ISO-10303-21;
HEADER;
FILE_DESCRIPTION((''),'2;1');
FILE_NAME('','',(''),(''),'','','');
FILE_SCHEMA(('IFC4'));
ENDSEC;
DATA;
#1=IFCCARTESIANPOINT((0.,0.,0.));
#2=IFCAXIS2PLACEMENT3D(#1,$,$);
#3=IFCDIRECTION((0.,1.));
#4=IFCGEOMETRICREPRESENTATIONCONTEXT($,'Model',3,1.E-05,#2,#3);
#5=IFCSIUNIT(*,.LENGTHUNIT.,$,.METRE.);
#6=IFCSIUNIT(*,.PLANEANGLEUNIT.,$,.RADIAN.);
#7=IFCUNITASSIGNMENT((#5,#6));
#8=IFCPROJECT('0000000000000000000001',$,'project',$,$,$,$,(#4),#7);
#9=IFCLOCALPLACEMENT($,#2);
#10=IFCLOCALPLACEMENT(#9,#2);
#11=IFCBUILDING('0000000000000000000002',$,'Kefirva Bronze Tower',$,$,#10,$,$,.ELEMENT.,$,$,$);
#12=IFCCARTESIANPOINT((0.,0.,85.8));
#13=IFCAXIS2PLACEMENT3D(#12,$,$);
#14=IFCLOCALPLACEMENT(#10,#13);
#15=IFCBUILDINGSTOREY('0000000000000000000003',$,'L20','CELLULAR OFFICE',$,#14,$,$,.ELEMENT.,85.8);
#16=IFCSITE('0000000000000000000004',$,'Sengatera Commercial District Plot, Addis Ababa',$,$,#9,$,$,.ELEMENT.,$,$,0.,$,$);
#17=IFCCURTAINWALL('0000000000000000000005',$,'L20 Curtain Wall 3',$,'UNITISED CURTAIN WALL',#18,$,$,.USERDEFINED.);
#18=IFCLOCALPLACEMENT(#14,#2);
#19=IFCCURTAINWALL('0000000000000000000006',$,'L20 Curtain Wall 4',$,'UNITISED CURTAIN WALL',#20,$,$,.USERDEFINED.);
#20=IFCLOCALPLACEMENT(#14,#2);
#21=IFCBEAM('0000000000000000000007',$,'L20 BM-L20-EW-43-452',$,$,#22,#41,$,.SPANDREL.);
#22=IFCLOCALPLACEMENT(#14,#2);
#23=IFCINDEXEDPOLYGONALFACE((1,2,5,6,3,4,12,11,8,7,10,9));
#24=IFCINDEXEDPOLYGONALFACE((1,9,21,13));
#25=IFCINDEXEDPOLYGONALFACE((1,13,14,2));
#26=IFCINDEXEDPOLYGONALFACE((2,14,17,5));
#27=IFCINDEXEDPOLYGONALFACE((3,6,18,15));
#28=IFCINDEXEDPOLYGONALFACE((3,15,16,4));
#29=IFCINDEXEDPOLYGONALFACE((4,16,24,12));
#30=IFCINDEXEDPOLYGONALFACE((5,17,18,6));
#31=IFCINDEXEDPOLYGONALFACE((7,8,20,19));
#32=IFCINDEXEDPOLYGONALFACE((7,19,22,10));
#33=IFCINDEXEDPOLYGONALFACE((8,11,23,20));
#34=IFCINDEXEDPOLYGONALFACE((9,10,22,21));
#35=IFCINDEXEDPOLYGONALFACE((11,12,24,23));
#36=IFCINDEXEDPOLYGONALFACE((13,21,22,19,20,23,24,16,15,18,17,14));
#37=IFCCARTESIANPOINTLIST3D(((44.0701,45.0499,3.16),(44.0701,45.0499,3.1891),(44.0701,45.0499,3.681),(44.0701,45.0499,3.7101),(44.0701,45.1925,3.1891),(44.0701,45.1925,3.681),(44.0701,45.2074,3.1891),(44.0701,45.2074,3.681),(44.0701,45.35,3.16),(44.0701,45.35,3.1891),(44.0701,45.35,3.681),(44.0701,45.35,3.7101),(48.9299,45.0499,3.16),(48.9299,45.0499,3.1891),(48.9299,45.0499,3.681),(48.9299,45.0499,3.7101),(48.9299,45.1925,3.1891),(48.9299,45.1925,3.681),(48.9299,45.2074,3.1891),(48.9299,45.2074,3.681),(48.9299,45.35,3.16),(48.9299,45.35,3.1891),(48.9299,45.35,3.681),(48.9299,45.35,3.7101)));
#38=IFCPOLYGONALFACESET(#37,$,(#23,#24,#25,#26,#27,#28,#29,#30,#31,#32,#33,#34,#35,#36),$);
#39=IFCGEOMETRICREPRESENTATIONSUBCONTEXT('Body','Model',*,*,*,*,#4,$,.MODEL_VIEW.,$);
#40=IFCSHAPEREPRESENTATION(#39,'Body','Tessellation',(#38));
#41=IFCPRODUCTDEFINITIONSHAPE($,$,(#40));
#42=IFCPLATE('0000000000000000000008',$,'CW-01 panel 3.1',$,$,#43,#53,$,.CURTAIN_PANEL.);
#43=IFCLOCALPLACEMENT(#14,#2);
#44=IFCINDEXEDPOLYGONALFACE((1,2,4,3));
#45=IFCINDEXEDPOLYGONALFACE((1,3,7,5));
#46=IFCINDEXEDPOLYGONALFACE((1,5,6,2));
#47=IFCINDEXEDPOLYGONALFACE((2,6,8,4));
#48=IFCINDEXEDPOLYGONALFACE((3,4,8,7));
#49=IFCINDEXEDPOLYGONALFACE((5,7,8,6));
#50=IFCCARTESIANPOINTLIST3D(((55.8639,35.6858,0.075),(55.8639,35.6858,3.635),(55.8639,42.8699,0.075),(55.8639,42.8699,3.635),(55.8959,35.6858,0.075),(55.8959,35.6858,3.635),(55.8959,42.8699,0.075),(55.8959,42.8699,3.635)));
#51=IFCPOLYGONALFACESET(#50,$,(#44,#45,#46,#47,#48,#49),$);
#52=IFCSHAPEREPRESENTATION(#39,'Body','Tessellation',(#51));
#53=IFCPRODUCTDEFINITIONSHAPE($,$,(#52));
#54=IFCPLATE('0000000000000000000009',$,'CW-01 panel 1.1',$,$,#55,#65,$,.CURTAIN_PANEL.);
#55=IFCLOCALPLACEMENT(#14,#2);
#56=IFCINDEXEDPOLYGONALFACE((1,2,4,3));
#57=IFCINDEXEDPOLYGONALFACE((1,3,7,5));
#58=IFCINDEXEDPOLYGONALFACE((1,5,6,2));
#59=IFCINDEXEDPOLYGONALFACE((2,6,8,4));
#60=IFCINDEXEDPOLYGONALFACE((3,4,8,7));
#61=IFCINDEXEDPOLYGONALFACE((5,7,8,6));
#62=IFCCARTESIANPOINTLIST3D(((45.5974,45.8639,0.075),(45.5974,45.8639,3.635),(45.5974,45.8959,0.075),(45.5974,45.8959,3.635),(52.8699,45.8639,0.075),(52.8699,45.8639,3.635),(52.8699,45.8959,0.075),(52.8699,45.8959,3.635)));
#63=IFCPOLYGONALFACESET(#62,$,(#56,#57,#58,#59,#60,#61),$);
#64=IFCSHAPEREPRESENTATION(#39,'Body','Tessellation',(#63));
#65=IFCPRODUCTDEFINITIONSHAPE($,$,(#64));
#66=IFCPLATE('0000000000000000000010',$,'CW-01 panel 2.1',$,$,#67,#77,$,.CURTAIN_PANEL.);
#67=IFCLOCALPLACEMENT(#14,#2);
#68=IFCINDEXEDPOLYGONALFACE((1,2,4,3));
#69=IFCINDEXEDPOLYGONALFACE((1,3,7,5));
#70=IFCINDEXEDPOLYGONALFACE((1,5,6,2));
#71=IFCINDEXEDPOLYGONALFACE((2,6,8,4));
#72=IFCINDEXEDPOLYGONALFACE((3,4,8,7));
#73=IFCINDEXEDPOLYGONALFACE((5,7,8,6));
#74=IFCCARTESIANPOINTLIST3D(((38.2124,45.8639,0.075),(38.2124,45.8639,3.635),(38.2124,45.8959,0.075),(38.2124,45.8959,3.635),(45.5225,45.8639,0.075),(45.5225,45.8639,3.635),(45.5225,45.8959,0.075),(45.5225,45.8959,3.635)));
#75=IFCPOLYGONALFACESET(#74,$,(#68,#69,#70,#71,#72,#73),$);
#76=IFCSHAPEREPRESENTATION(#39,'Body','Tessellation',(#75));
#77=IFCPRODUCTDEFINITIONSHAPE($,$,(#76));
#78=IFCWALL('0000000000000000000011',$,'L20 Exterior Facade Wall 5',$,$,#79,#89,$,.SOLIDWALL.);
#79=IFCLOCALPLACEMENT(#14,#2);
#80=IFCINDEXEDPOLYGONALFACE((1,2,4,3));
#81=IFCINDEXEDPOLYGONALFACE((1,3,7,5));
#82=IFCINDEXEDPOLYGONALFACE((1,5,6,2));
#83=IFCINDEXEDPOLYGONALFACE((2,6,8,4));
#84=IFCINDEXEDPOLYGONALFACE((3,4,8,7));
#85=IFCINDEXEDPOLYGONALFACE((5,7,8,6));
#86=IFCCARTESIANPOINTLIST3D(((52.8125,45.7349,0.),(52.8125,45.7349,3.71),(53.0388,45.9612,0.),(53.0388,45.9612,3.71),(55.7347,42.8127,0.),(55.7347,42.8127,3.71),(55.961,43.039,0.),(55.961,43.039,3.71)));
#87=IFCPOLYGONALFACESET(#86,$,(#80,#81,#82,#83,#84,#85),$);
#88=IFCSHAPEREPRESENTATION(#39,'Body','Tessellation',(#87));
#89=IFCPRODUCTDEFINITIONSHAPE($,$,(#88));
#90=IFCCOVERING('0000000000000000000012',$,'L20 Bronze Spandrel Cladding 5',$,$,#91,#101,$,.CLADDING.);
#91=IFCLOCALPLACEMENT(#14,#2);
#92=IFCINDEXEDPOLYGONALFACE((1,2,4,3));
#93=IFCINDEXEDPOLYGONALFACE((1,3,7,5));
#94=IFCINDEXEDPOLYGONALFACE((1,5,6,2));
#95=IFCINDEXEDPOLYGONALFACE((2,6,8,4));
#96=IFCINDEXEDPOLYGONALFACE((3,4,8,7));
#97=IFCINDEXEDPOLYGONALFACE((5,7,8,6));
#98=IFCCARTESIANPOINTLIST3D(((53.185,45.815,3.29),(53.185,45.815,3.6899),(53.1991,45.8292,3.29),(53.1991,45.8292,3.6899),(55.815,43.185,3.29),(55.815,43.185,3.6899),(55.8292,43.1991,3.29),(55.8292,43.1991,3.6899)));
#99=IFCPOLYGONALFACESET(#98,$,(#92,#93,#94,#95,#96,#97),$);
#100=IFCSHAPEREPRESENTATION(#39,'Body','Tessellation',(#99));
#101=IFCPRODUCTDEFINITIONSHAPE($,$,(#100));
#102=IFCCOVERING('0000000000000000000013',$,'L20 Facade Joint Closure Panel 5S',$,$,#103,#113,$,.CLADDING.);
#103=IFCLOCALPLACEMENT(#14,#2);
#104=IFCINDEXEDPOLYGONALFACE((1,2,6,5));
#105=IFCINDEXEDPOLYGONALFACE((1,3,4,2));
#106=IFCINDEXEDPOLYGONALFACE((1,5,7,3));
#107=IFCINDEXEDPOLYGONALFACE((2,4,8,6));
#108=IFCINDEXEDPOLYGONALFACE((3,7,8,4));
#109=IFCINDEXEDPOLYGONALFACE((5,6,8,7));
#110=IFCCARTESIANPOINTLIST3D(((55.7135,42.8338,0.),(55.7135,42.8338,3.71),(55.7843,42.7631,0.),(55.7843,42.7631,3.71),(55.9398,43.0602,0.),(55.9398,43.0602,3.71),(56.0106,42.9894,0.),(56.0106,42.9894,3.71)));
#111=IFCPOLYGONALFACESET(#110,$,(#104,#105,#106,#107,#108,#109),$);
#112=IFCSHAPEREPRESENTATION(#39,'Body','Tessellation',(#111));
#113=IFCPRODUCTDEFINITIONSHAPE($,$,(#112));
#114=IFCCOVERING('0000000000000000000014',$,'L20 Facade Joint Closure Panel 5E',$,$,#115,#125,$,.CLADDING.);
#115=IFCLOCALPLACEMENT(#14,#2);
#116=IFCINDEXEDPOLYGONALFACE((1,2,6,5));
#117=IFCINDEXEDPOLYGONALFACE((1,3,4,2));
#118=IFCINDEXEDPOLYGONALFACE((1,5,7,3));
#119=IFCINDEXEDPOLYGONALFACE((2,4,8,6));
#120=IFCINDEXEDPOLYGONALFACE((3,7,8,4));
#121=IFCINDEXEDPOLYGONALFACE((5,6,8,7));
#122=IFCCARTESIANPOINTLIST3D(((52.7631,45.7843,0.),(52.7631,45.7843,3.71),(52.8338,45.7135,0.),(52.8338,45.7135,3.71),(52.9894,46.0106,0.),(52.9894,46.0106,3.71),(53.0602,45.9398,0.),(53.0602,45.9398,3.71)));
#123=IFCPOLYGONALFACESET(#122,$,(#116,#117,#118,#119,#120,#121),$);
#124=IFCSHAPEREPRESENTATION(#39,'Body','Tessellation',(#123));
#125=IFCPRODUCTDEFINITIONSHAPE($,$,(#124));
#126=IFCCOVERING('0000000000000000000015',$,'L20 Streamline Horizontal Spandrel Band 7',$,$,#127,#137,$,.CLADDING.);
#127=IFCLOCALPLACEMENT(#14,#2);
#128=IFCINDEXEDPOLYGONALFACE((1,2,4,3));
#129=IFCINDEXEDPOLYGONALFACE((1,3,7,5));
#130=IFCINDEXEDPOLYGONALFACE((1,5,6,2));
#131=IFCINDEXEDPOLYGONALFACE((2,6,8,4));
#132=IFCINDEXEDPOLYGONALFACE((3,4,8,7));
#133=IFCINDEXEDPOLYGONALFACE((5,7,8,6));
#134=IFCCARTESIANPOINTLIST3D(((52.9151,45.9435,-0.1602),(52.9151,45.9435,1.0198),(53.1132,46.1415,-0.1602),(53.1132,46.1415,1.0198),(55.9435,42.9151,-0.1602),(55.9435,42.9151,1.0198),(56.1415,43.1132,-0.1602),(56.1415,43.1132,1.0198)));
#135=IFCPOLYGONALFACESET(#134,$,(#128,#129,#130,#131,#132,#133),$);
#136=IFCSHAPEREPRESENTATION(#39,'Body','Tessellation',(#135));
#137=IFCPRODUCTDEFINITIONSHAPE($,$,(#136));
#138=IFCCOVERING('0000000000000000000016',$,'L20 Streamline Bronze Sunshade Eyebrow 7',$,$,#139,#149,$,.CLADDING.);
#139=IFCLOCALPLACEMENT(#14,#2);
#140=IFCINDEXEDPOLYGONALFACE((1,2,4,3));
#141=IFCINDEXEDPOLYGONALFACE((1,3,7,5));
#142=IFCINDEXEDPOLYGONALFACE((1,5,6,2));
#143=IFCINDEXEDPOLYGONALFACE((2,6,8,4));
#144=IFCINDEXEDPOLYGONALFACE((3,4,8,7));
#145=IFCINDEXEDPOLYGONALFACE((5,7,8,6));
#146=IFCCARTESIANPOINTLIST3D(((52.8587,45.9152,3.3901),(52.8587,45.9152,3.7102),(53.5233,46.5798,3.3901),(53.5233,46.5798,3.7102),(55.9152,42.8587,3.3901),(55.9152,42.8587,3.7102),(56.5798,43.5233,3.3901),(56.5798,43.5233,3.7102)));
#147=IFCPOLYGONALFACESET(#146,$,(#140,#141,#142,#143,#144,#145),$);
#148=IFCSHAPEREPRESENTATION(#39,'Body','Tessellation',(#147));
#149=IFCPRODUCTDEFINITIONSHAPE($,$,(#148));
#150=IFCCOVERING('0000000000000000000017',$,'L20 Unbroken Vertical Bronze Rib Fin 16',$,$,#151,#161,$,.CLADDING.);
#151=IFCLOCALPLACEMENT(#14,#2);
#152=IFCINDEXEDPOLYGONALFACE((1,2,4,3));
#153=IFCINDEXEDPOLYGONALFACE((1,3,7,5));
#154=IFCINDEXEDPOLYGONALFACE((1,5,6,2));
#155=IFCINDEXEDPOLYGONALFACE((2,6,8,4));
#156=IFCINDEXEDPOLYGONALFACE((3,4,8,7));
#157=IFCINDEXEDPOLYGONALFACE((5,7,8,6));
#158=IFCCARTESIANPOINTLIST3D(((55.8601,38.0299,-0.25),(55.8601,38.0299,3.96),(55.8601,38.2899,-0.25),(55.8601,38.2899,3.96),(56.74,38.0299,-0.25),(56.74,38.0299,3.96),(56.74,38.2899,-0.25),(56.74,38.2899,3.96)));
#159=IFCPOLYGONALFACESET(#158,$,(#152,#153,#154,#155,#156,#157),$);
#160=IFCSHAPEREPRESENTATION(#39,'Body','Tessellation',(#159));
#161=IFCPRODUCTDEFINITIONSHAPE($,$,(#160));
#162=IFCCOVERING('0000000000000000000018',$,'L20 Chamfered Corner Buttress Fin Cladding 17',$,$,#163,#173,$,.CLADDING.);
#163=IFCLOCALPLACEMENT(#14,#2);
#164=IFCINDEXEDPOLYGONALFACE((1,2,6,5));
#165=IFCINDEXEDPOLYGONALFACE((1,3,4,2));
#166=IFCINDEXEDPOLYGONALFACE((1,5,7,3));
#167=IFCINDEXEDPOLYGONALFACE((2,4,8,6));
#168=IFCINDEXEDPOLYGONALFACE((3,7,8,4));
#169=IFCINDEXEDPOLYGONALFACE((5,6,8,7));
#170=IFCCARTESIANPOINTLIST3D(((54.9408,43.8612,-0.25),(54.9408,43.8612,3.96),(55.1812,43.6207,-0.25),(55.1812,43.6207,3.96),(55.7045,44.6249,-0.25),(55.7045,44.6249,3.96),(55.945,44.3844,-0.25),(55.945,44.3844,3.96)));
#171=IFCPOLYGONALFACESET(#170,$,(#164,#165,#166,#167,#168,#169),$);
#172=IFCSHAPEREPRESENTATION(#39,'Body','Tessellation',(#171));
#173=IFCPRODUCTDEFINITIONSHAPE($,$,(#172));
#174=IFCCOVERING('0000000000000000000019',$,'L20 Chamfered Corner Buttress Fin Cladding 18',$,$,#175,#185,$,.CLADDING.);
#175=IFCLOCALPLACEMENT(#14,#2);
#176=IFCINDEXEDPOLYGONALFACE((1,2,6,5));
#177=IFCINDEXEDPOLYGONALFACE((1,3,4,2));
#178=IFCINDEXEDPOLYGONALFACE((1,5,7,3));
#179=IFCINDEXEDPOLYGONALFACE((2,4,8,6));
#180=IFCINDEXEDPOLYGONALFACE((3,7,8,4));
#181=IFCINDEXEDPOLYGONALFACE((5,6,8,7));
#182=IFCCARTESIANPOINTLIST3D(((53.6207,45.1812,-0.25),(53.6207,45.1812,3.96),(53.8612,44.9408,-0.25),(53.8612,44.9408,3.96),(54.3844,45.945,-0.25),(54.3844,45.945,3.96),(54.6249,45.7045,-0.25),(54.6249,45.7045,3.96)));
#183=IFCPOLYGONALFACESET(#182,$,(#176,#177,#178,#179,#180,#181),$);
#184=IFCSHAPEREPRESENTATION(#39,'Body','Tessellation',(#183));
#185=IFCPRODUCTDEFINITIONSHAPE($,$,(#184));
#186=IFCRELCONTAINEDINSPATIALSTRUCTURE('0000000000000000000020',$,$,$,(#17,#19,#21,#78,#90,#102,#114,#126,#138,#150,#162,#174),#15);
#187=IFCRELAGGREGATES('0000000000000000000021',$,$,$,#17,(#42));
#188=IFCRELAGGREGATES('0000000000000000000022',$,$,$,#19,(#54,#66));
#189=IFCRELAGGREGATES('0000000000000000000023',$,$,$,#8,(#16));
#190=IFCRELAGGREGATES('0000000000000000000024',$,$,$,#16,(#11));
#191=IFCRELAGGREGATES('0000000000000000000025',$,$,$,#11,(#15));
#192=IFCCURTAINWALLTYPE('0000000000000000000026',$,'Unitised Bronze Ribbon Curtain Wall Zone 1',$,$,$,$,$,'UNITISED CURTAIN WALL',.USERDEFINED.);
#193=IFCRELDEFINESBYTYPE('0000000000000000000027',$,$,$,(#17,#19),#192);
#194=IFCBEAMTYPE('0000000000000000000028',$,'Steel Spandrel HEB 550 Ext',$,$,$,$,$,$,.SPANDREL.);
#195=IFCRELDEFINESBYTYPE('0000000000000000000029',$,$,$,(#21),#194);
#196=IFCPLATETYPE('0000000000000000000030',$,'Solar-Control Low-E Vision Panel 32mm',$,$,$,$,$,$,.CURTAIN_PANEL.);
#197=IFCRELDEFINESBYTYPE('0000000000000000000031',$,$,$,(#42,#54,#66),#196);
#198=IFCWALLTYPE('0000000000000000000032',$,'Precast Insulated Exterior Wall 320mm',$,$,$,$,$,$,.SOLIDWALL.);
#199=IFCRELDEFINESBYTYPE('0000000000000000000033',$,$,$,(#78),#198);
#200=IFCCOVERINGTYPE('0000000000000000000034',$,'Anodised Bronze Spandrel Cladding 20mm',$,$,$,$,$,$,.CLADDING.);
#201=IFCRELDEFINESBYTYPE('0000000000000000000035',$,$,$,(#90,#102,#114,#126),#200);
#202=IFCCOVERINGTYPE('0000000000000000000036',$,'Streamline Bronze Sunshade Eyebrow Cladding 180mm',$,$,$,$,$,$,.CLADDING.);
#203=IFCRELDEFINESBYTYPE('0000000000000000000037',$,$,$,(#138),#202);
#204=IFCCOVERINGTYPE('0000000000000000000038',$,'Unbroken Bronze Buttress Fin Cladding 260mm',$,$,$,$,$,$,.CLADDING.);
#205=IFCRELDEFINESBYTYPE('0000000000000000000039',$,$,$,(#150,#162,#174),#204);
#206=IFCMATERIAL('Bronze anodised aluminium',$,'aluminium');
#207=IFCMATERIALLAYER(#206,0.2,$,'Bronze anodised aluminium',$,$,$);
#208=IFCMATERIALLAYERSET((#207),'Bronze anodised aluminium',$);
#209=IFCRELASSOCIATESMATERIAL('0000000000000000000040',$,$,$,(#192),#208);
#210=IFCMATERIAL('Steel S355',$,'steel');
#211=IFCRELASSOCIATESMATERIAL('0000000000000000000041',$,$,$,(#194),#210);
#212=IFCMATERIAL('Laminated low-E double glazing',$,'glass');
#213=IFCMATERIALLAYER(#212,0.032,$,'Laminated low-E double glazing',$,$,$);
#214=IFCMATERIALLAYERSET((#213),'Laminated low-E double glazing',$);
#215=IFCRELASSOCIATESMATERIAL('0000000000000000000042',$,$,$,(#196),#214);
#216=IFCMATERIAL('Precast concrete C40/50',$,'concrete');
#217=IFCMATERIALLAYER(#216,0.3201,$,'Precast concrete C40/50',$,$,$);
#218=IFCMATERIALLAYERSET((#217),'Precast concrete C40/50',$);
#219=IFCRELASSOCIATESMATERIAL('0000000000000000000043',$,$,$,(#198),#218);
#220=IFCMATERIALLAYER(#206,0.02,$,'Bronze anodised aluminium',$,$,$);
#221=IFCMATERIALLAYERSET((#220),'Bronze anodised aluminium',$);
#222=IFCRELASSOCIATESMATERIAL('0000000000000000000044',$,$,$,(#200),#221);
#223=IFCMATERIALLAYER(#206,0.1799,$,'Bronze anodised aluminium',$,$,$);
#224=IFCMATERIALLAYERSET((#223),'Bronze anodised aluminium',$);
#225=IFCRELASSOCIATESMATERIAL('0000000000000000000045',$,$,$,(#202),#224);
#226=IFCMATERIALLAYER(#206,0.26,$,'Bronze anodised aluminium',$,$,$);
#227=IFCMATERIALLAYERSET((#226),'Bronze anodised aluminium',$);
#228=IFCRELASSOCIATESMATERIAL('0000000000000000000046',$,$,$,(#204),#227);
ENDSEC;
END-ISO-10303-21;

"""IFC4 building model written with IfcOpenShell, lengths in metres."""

from ifc_helpers import new_model, si_unit, direction, frame, frame_2d, origin, origin_2d, place, context, subcontext, project, spatial, rectangle, i_section, extrude, material, layer, layer_set, material_profile, profile_set, type_object, element, aggregate, save


model = new_model("IFC4")

# Units and contexts
model_context = context("Model", 3, precision=1e-05, world=origin(), true_north=direction((0.0, 1.0)))
body_context = subcontext(model_context, "Body", "Model", "MODEL_VIEW")
ifc_project = project(units=[si_unit("LENGTHUNIT", "METRE"), si_unit("PLANEANGLEUNIT", "RADIAN")], contexts=[model_context])

# Site, building, storey
site_placement = place(None, origin())
site = spatial("IfcSite", under=ifc_project, at=site_placement, Name="Sengatera Commercial District Plot, Addis Ababa", CompositionType="ELEMENT", RefElevation=0.0)
building_placement = place(site_placement, origin())
building = spatial("IfcBuilding", under=site, at=building_placement, Name="Kefirva Bronze Tower", CompositionType="ELEMENT")
storey_placement = place(building_placement, frame((0.0, 0.0, 85.8)))
storey = spatial("IfcBuildingStorey", under=building, at=storey_placement, Name="L20", Description="CELLULAR OFFICE", CompositionType="ELEMENT", Elevation=85.8)

# Curtain wall
ifc_material_1 = material(Name="Bronze anodised aluminium", Category="aluminium")
ifc_layer_1 = layer(ifc_material_1, 0.2, Name="Bronze anodised aluminium")
ifc_layer_set_1 = layer_set([ifc_layer_1], Name="Bronze anodised aluminium")
curtain_wall_type = type_object("IfcCurtainWallType", Name="Unitised Bronze Ribbon Curtain Wall Zone 1", ElementType="UNITISED CURTAIN WALL", PredefinedType="USERDEFINED", material=ifc_layer_set_1)
curtain_wall_1_placement = place(storey_placement, origin())
curtain_wall_1 = element("IfcCurtainWall", 1, at=curtain_wall_1_placement, inside=storey, type_object=curtain_wall_type, Name="L20 Curtain Wall 3", ObjectType="UNITISED CURTAIN WALL", PredefinedType="USERDEFINED")

# Curtain wall
curtain_wall_2_placement = place(storey_placement, origin())
curtain_wall_2 = element("IfcCurtainWall", 2, at=curtain_wall_2_placement, inside=storey, type_object=curtain_wall_type, Name="L20 Curtain Wall 4", ObjectType="UNITISED CURTAIN WALL", PredefinedType="USERDEFINED")

# Beam
ifc_material_2 = material(Name="Steel S355", Category="steel")
ifc_material_profile_1 = material_profile(ifc_material_2, i_section(OverallWidth=0.3, OverallDepth=0.55, WebThickness=0.0149, FlangeThickness=0.0291, at=origin_2d()), Name="HEB 550")
ifc_profile_set_1 = profile_set([ifc_material_profile_1], Name="Steel S355")
beam_type_1 = type_object("IfcBeamType", Name="Steel Spandrel HEB 550 Ext", PredefinedType="SPANDREL", material=ifc_profile_set_1)
beam_1_placement = place(storey_placement, frame((44.0701, 45.2, 3.4351), z_axis=(1.0, 0.0, 0.0), x_axis=(0.0, 1.0, 0.0)))
element("IfcBeam", 3, at=beam_1_placement, inside=storey, type_object=beam_type_1, Name="L20 BM-L20-EW-43-452", PredefinedType="SPANDREL", context=body_context, shape_type="SweptSolid", body=[
    extrude(i_section(OverallWidth=0.3, OverallDepth=0.55, WebThickness=0.0149, FlangeThickness=0.0291, at=origin_2d()), origin(), (0.0, 0.0, 1.0), 4.8599),
])

# Plates
ifc_material_3 = material(Name="Laminated low-E double glazing", Category="glass")
ifc_layer_2 = layer(ifc_material_3, 0.032, Name="Laminated low-E double glazing")
ifc_layer_set_2 = layer_set([ifc_layer_2], Name="Laminated low-E double glazing")
plate_type = type_object("IfcPlateType", Name="Solar-Control Low-E Vision Panel 32mm", PredefinedType="CURTAIN_PANEL", material=ifc_layer_set_2)
plate_1_placement = place(storey_placement, frame((55.8799, 39.2778, 0.075), z_axis=(0.0, 0.0, 1.0), x_axis=(0.0, 1.0, 0.0)))
plate_1 = element("IfcPlate", 4, at=plate_1_placement, type_object=plate_type, Name="CW-01 panel 3.1", PredefinedType="CURTAIN_PANEL", context=body_context, shape_type="SweptSolid", body=[
    extrude(rectangle(XDim=7.1841, YDim=0.032, at=origin_2d()), origin(), (0.0, 0.0, 1.0), 3.5601),
])
aggregate(curtain_wall_1, [plate_1])
plate_2_placement = place(storey_placement, frame((49.2336, 45.8799, 0.075), z_axis=(0.0, 0.0, 1.0), x_axis=(-1.0, 0.0, 0.0)))
plate_2 = element("IfcPlate", 5, at=plate_2_placement, type_object=plate_type, Name="CW-01 panel 1.1", PredefinedType="CURTAIN_PANEL", context=body_context, shape_type="SweptSolid", body=[
    extrude(rectangle(XDim=7.2725, YDim=0.032, at=origin_2d()), origin(), (0.0, 0.0, 1.0), 3.5601),
])
plate_3_placement = place(storey_placement, frame((41.8674, 45.8799, 0.075), z_axis=(0.0, 0.0, 1.0), x_axis=(-1.0, 0.0, 0.0)))
plate_3 = element("IfcPlate", 6, at=plate_3_placement, type_object=plate_type, Name="CW-01 panel 2.1", PredefinedType="CURTAIN_PANEL", context=body_context, shape_type="SweptSolid", body=[
    extrude(rectangle(XDim=7.3101, YDim=0.032, at=origin_2d()), origin(), (0.0, 0.0, 1.0), 3.5601),
])
aggregate(curtain_wall_2, [plate_2, plate_3])

# Wall
ifc_material_4 = material(Name="Precast concrete C40/50", Category="concrete")
ifc_layer_3 = layer(ifc_material_4, 0.3201, Name="Precast concrete C40/50")
ifc_layer_set_3 = layer_set([ifc_layer_3], Name="Precast concrete C40/50")
wall_type = type_object("IfcWallType", Name="Precast Insulated Exterior Wall 320mm", PredefinedType="SOLIDWALL", material=ifc_layer_set_3)
wall_placement = place(storey_placement, frame((55.8479, 42.9258, 0.0), z_axis=(0.0, 0.0, 1.0), x_axis=(-0.707107, 0.707107, 0.0)))
element("IfcWall", 7, at=wall_placement, inside=storey, type_object=wall_type, Name="L20 Exterior Facade Wall 5", PredefinedType="SOLIDWALL", context=body_context, shape_type="SweptSolid", body=[
    extrude(rectangle(XDim=4.1326, YDim=0.3201, at=frame_2d((2.0664, 0.0))), origin(), (0.0, 0.0, 1.0), 3.71),
])

# Coverings
ifc_layer_4 = layer(ifc_material_1, 0.02, Name="Bronze anodised aluminium")
ifc_layer_set_4 = layer_set([ifc_layer_4], Name="Bronze anodised aluminium")
covering_type_1 = type_object("IfcCoveringType", Name="Anodised Bronze Spandrel Cladding 20mm", PredefinedType="CLADDING", material=ifc_layer_set_4)
covering_1_placement = place(storey_placement, frame((54.5071, 44.5071, 3.29), z_axis=(0.0, 0.0, 1.0), x_axis=(-0.707107, 0.707107, 0.0)))
element("IfcCovering", 8, at=covering_1_placement, inside=storey, type_object=covering_type_1, Name="L20 Bronze Spandrel Cladding 5", PredefinedType="CLADDING", context=body_context, shape_type="SweptSolid", body=[
    extrude(rectangle(XDim=3.7195, YDim=0.02, at=origin_2d()), origin(), (0.0, 0.0, 1.0), 0.3999),
])
for number, where, z_axis, x_axis, name in (
    (9, (55.8621, 42.9116, 0.0), (0.0, 0.0, 1.0), (-0.707107, 0.707107, 0.0), "L20 Facade Joint Closure Panel 5S"),
    (10, (52.9116, 45.8621, 0.0), (0.0, 0.0, 1.0), (-0.707107, 0.707107, 0.0), "L20 Facade Joint Closure Panel 5E"),
):
    element("IfcCovering", number, at=place(storey_placement, frame(where, z_axis=z_axis, x_axis=x_axis)), inside=storey, type_object=covering_type_1, Name=name, PredefinedType="CLADDING", context=body_context, shape_type="SweptSolid", body=[
        extrude(rectangle(XDim=0.1001, YDim=0.3201, at=origin_2d()), origin(), (0.0, 0.0, 1.0), 3.71),
    ])
covering_2_placement = place(storey_placement, frame((54.5283, 44.5283, -0.1602), z_axis=(0.0, 0.0, 1.0), x_axis=(-0.707107, 0.707107, 0.0)))
element("IfcCovering", 11, at=covering_2_placement, inside=storey, type_object=covering_type_1, Name="L20 Streamline Horizontal Spandrel Band 7", PredefinedType="CLADDING", context=body_context, shape_type="SweptSolid", body=[
    extrude(rectangle(XDim=4.2827, YDim=0.28, at=origin_2d()), origin(), (0.0, 0.0, 1.0), 1.1799),
])
ifc_layer_5 = layer(ifc_material_1, 0.1799, Name="Bronze anodised aluminium")
ifc_layer_set_5 = layer_set([ifc_layer_5], Name="Bronze anodised aluminium")
covering_type_2 = type_object("IfcCoveringType", Name="Streamline Bronze Sunshade Eyebrow Cladding 180mm", PredefinedType="CLADDING", material=ifc_layer_set_5)
covering_3_placement = place(storey_placement, frame((54.7192, 44.7192, 3.3901), z_axis=(0.0, 0.0, 1.0), x_axis=(-0.707107, 0.707107, 0.0)))
element("IfcCovering", 12, at=covering_3_placement, inside=storey, type_object=covering_type_2, Name="L20 Streamline Bronze Sunshade Eyebrow 7", PredefinedType="CLADDING", context=body_context, shape_type="SweptSolid", body=[
    extrude(rectangle(XDim=4.3225, YDim=0.9399, at=origin_2d()), origin(), (0.0, 0.0, 1.0), 0.3201),
])
ifc_layer_6 = layer(ifc_material_1, 0.26, Name="Bronze anodised aluminium")
ifc_layer_set_6 = layer_set([ifc_layer_6], Name="Bronze anodised aluminium")
covering_type_3 = type_object("IfcCoveringType", Name="Unbroken Bronze Buttress Fin Cladding 260mm", PredefinedType="CLADDING", material=ifc_layer_set_6)
covering_4_placement = place(storey_placement, frame((56.3, 38.1599, -0.25), z_axis=(0.0, 0.0, 1.0), x_axis=(0.0, 1.0, 0.0)))
element("IfcCovering", 13, at=covering_4_placement, inside=storey, type_object=covering_type_3, Name="L20 Unbroken Vertical Bronze Rib Fin 16", PredefinedType="CLADDING", context=body_context, shape_type="SweptSolid", body=[
    extrude(rectangle(XDim=0.26, YDim=0.8799, at=origin_2d()), origin(), (0.0, 0.0, 1.0), 4.21),
])
for number, where, z_axis, x_axis, name in (
    (14, (55.4429, 44.1228, -0.25), (0.0, 0.0, 1.0), (-0.707107, 0.707107, 0.0), "L20 Chamfered Corner Buttress Fin Cladding 17"),
    (15, (54.1228, 45.4429, -0.25), (0.0, 0.0, 1.0), (-0.707107, 0.707107, 0.0), "L20 Chamfered Corner Buttress Fin Cladding 18"),
):
    element("IfcCovering", number, at=place(storey_placement, frame(where, z_axis=z_axis, x_axis=x_axis)), inside=storey, type_object=covering_type_3, Name=name, PredefinedType="CLADDING", context=body_context, shape_type="SweptSolid", body=[
        extrude(rectangle(XDim=0.3401, YDim=1.0801, at=origin_2d()), origin(), (0.0, 0.0, 1.0), 4.21),
    ])

save(model, "model.ifc")
